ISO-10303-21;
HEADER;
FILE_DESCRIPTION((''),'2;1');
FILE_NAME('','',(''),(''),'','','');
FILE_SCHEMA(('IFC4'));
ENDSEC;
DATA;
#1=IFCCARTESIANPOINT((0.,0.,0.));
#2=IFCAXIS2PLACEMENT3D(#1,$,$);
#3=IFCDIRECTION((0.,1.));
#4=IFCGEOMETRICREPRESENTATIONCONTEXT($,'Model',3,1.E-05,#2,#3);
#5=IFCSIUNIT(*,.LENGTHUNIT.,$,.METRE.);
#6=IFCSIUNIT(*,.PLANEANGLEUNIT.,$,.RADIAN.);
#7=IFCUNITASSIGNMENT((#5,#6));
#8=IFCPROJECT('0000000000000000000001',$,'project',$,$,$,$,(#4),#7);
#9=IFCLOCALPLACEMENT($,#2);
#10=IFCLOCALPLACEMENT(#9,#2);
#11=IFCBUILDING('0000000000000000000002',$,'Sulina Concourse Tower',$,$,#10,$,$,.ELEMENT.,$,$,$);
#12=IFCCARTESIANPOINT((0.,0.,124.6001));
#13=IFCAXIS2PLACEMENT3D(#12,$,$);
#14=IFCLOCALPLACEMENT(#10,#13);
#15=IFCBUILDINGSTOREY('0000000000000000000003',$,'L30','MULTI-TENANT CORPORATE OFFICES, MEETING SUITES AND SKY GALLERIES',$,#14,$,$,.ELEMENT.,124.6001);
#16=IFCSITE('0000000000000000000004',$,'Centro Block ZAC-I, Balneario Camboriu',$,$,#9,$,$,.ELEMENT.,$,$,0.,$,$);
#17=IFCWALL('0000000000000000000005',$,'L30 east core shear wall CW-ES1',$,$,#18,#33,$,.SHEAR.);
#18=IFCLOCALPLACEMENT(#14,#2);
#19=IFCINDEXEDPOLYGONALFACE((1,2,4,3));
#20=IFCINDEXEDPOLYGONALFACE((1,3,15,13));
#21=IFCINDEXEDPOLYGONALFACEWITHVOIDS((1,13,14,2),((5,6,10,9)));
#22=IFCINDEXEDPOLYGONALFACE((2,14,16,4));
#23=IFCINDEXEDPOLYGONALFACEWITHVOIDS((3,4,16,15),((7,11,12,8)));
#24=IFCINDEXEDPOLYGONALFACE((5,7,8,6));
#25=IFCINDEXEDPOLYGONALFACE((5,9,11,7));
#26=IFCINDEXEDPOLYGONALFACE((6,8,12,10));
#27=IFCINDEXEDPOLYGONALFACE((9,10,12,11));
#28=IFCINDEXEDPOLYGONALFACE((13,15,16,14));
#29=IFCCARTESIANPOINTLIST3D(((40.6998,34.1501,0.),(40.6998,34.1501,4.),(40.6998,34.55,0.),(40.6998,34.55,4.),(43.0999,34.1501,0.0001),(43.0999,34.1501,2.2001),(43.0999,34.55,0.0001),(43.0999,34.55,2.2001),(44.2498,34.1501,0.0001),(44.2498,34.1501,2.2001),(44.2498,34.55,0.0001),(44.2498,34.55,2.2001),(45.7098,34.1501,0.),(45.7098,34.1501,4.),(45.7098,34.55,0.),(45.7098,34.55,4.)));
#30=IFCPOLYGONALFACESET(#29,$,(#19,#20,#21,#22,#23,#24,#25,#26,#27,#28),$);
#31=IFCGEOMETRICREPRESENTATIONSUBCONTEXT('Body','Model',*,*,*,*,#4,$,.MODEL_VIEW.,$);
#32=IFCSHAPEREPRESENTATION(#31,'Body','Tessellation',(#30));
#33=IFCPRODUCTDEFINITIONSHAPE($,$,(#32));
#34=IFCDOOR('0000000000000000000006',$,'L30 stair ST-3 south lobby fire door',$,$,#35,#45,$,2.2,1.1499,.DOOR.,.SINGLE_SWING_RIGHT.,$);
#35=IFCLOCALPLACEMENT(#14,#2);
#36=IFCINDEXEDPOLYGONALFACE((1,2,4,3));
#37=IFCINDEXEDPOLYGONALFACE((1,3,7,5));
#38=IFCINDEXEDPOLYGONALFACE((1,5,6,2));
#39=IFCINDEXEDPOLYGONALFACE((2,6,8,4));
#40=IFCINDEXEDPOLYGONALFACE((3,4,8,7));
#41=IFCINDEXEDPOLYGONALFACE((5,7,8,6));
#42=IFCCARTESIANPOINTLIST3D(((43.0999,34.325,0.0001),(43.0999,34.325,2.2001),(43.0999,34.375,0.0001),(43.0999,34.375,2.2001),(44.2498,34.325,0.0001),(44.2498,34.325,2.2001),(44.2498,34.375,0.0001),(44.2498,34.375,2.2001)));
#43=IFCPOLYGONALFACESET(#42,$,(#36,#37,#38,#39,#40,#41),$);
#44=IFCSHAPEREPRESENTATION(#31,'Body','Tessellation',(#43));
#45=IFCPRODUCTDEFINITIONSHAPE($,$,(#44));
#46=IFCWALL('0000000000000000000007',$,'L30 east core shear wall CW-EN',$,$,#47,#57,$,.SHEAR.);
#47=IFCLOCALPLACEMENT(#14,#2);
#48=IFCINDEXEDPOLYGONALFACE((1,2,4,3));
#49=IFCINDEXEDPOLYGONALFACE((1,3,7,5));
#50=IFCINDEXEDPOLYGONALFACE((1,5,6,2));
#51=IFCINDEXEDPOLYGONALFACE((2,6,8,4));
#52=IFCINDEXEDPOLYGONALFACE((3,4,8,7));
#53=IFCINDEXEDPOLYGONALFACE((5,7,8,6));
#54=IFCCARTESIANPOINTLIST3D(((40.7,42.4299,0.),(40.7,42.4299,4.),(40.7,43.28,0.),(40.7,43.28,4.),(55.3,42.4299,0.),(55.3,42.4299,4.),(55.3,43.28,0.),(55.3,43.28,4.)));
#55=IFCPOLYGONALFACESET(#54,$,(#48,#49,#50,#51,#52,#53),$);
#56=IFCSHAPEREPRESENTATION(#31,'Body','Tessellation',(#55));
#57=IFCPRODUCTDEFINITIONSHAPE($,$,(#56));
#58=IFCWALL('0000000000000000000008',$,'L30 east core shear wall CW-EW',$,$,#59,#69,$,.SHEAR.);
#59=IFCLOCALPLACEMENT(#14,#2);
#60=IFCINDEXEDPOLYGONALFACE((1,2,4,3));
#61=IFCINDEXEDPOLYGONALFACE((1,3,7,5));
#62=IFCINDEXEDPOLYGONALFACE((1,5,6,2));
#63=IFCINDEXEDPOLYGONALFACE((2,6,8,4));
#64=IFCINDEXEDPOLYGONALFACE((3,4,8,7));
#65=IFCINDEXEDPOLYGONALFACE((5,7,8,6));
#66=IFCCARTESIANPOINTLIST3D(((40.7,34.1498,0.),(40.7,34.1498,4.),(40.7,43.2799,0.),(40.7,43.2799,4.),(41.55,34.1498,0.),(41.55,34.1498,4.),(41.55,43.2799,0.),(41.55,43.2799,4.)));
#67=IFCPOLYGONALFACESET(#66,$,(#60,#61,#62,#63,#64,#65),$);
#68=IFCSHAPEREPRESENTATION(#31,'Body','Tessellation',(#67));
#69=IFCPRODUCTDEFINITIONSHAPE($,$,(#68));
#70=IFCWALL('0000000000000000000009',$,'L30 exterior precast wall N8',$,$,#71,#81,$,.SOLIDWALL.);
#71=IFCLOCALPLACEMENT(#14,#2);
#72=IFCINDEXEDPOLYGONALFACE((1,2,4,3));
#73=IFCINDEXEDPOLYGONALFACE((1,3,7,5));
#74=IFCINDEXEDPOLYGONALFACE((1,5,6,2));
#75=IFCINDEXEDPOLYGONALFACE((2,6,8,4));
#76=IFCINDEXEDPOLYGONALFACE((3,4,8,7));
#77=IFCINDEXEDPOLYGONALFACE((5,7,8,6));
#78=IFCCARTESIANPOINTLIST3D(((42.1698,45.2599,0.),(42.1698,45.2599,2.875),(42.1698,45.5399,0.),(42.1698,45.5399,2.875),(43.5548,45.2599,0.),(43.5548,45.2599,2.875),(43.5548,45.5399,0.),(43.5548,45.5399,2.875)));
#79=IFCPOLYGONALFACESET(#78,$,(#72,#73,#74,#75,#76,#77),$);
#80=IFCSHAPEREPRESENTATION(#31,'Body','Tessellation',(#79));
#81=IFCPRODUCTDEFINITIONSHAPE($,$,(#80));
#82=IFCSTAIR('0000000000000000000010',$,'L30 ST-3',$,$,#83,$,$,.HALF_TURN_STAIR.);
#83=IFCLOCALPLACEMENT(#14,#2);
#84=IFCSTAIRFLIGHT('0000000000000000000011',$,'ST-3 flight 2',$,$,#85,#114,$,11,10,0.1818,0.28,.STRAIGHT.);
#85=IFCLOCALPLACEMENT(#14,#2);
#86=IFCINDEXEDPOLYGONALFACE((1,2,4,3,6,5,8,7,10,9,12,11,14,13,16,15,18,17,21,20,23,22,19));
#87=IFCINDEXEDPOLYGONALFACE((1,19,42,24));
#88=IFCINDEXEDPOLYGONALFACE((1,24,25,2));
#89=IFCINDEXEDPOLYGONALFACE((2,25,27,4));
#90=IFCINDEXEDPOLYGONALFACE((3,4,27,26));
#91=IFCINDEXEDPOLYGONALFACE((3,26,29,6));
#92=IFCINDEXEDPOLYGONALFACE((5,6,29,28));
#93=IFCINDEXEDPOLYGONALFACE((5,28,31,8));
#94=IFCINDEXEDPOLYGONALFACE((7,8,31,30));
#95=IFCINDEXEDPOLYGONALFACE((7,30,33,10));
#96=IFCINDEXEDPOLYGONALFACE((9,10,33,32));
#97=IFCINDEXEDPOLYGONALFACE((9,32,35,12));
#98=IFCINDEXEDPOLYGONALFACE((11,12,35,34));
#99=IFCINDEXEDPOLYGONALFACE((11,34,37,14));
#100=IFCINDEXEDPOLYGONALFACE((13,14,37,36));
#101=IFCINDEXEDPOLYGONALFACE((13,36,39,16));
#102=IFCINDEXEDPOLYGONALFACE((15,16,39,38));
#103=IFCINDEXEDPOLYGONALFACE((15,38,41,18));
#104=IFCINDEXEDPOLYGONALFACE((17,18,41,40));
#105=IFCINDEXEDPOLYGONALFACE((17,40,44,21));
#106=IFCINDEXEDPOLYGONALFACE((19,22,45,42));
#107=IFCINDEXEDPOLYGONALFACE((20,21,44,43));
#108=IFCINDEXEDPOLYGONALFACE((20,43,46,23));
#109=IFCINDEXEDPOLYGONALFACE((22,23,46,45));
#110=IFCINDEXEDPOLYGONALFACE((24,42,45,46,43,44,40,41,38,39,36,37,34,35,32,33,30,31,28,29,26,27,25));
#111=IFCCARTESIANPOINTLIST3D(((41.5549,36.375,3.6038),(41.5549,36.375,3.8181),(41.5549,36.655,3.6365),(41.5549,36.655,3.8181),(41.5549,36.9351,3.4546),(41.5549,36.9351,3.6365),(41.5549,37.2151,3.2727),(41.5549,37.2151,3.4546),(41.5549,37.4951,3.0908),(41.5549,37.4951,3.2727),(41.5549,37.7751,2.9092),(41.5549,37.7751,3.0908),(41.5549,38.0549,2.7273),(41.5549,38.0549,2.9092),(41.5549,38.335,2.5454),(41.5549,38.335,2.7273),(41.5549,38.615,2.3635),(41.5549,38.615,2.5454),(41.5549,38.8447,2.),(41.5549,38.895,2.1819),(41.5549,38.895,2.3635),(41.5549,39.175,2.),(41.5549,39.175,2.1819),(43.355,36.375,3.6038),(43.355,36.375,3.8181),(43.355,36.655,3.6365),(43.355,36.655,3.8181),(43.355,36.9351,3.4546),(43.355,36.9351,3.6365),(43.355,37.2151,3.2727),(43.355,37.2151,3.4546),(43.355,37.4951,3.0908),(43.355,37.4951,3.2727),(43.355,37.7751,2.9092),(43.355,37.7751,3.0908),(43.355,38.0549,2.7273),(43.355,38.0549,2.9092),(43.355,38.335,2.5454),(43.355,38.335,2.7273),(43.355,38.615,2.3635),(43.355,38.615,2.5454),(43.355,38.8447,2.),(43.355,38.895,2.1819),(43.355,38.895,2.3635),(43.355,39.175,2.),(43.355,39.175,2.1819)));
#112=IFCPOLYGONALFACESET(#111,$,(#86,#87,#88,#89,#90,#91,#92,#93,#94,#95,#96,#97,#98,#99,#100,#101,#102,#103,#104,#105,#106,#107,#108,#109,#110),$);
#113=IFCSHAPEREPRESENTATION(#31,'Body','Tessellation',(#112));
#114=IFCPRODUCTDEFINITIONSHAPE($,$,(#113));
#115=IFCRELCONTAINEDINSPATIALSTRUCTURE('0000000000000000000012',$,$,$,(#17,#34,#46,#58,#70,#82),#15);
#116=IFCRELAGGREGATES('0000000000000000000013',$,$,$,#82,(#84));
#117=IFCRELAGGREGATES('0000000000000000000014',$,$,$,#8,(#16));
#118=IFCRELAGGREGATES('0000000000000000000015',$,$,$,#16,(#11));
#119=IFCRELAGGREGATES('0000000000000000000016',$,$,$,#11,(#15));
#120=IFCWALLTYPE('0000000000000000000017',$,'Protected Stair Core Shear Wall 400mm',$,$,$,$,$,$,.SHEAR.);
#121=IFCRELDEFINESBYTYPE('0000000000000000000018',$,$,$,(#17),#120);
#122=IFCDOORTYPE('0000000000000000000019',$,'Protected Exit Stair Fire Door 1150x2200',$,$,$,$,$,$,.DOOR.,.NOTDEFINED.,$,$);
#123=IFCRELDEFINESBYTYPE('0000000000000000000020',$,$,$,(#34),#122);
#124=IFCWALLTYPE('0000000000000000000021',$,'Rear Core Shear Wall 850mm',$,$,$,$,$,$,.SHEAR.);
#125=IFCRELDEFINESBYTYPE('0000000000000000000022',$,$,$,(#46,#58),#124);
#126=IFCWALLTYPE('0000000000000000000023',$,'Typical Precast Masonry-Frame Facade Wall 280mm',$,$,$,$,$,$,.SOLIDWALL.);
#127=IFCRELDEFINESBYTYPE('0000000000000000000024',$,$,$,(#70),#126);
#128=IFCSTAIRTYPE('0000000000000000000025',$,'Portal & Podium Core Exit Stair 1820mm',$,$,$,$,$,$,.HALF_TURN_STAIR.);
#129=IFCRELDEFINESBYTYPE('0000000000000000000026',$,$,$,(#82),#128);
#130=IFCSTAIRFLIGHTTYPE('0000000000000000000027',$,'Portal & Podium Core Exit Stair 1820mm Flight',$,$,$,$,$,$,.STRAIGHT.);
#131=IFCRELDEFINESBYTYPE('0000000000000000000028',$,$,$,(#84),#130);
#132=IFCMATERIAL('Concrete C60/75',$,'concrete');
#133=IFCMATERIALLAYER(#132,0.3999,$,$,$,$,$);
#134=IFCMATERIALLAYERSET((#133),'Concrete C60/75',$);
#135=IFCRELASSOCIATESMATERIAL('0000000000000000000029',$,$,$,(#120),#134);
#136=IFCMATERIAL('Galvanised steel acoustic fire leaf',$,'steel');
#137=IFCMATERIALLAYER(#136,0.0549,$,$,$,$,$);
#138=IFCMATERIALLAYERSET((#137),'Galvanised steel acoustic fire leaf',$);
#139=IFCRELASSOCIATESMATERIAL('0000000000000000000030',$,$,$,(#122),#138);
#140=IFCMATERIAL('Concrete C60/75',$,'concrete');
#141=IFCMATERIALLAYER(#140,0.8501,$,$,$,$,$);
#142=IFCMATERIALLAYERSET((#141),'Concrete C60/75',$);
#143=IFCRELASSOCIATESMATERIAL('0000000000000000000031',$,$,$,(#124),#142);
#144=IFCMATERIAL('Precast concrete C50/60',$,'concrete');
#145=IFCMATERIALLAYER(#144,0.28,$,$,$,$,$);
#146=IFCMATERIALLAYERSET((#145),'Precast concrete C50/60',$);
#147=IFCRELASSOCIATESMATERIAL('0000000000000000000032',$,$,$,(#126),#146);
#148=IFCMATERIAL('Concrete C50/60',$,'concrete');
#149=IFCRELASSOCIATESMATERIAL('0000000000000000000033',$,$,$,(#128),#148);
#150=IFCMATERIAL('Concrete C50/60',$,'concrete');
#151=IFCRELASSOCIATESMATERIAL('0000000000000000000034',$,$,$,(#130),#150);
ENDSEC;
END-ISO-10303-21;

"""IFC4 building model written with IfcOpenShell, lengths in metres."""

from ifc_helpers import new_model, si_unit, direction, frame, frame_2d, origin, place, context, subcontext, project, spatial, polyline, rectangle, outline, extrude, material, layer, layer_set, type_object, element, fill, aggregate, save


model = new_model("IFC4")

# Units and contexts
model_context = context("Model", 3, precision=1e-05, world=origin(), true_north=direction((0.0, 1.0)))
body_context = subcontext(model_context, "Body", "Model", "MODEL_VIEW")
ifc_project = project(units=[si_unit("LENGTHUNIT", "METRE"), si_unit("PLANEANGLEUNIT", "RADIAN")], contexts=[model_context])

# Site, building, storey
site_placement = place(None, origin())
site = spatial("IfcSite", under=ifc_project, at=site_placement, Name="Centro Block ZAC-I, Balneario Camboriu", CompositionType="ELEMENT", RefElevation=0.0)
building_placement = place(site_placement, origin())
building = spatial("IfcBuilding", under=site, at=building_placement, Name="Sulina Concourse Tower", CompositionType="ELEMENT")
storey_placement = place(building_placement, frame((0.0, 0.0, 124.6001)))
storey = spatial("IfcBuildingStorey", under=building, at=storey_placement, Name="L30", Description="MULTI-TENANT CORPORATE OFFICES, MEETING SUITES AND SKY GALLERIES", CompositionType="ELEMENT", Elevation=124.6001)

# Wall, opening, door
ifc_material_1 = material(Name="Concrete C60/75", Category="concrete")
ifc_layer_1 = layer(ifc_material_1, 0.3999)
ifc_layer_set_1 = layer_set([ifc_layer_1], Name="Concrete C60/75")
wall_type_1 = type_object("IfcWallType", Name="Protected Stair Core Shear Wall 400mm", PredefinedType="SHEAR", material=ifc_layer_set_1)
wall_1_placement = place(storey_placement, frame((40.7, 34.3501, 0.0), z_axis=(0.0, 0.0, 1.0), x_axis=(1.0, 0.0, 0.0)))
wall_1 = element("IfcWall", 1, at=wall_1_placement, inside=storey, type_object=wall_type_1, Name="L30 east core shear wall CW-ES1", PredefinedType="SHEAR", context=body_context, shape_type="SweptSolid", body=[
    extrude(rectangle(XDim=5.01, YDim=0.3999, at=frame_2d((2.5049, 0.0))), origin(), (0.0, 0.0, 1.0), 4.0),
])
opening_placement = place(wall_1_placement, frame((2.3999, 0.0, 0.0)))
opening = element("IfcOpeningElement", 2, at=opening_placement, cuts=wall_1, PredefinedType="OPENING", context=body_context, shape_type="SweptSolid", body=[
    extrude(rectangle(XDim=1.1499, YDim=2.2, at=frame_2d((0.575, 1.1001))), frame((0.0, 0.21, 0.0), z_axis=(0.0, -1.0, 0.0), x_axis=(1.0, 0.0, 0.0)), (0.0, 0.0, 1.0), 0.4199),
])
ifc_material_2 = material(Name="Galvanised steel acoustic fire leaf", Category="steel")
ifc_layer_2 = layer(ifc_material_2, 0.0549)
ifc_layer_set_2 = layer_set([ifc_layer_2], Name="Galvanised steel acoustic fire leaf")
door_type = type_object("IfcDoorType", Name="Protected Exit Stair Fire Door 1150x2200", OperationType="NOTDEFINED", PredefinedType="DOOR", material=ifc_layer_set_2)
door_placement = place(opening_placement, origin())
door = element("IfcDoor", 3, at=door_placement, inside=storey, type_object=door_type, Name="L30 stair ST-3 south lobby fire door", OperationType="SINGLE_SWING_RIGHT", OverallHeight=2.2, OverallWidth=1.1499, PredefinedType="DOOR", context=body_context, shape_type="SweptSolid", body=[
    extrude(rectangle(XDim=1.1499, YDim=2.2, at=frame_2d((0.575, 1.1001))), frame((0.0, 0.0249, 0.0), z_axis=(0.0, -1.0, 0.0), x_axis=(1.0, 0.0, 0.0)), (0.0, 0.0, 1.0), 0.05),
])
fill(opening, door)

# Walls
ifc_material_3 = material(Name="Concrete C60/75", Category="concrete")
ifc_layer_3 = layer(ifc_material_3, 0.8501)
ifc_layer_set_3 = layer_set([ifc_layer_3], Name="Concrete C60/75")
wall_type_2 = type_object("IfcWallType", Name="Rear Core Shear Wall 850mm", PredefinedType="SHEAR", material=ifc_layer_set_3)
wall_2_placement = place(storey_placement, frame((40.7, 42.855, 0.0), z_axis=(0.0, 0.0, 1.0), x_axis=(1.0, 0.0, 0.0)))
element("IfcWall", 4, at=wall_2_placement, inside=storey, type_object=wall_type_2, Name="L30 east core shear wall CW-EN", PredefinedType="SHEAR", context=body_context, shape_type="SweptSolid", body=[
    extrude(rectangle(XDim=14.6001, YDim=0.8501, at=frame_2d((7.3, 0.0))), origin(), (0.0, 0.0, 1.0), 4.0),
])
wall_3_placement = place(storey_placement, frame((41.125, 34.1499, 0.0), z_axis=(0.0, 0.0, 1.0), x_axis=(0.0, 1.0, 0.0)))
element("IfcWall", 5, at=wall_3_placement, inside=storey, type_object=wall_type_2, Name="L30 east core shear wall CW-EW", PredefinedType="SHEAR", context=body_context, shape_type="SweptSolid", body=[
    extrude(rectangle(XDim=9.1301, YDim=0.8501, at=frame_2d((4.5649, 0.0))), origin(), (0.0, 0.0, 1.0), 4.0),
])
ifc_material_4 = material(Name="Precast concrete C50/60", Category="concrete")
ifc_layer_4 = layer(ifc_material_4, 0.28)
ifc_layer_set_4 = layer_set([ifc_layer_4], Name="Precast concrete C50/60")
wall_type_3 = type_object("IfcWallType", Name="Typical Precast Masonry-Frame Facade Wall 280mm", PredefinedType="SOLIDWALL", material=ifc_layer_set_4)
wall_4_placement = place(storey_placement, frame((42.1699, 45.3999, 0.0), z_axis=(0.0, 0.0, 1.0), x_axis=(1.0, 0.0, 0.0)))
element("IfcWall", 6, at=wall_4_placement, inside=storey, type_object=wall_type_3, Name="L30 exterior precast wall N8", PredefinedType="SOLIDWALL", context=body_context, shape_type="SweptSolid", body=[
    extrude(rectangle(XDim=1.385, YDim=0.28, at=frame_2d((0.6924, 0.0))), origin(), (0.0, 0.0, 1.0), 2.875),
])

# Stair, stair flight
ifc_material_5 = material(Name="Concrete C50/60", Category="concrete")
stair_type = type_object("IfcStairType", Name="Portal & Podium Core Exit Stair 1820mm", PredefinedType="HALF_TURN_STAIR", material=ifc_material_5)
stair_placement = place(storey_placement, origin())
stair = element("IfcStair", 7, at=stair_placement, inside=storey, type_object=stair_type, Name="L30 ST-3", PredefinedType="HALF_TURN_STAIR")
ifc_material_6 = material(Name="Concrete C50/60", Category="concrete")
stair_flight_type = type_object("IfcStairFlightType", Name="Portal & Podium Core Exit Stair 1820mm Flight", PredefinedType="STRAIGHT", material=ifc_material_6)
stair_flight_placement = place(storey_placement, frame((42.4551, 39.175, 2.0), z_axis=(0.0, 0.0, 1.0), x_axis=(0.0, -1.0, 0.0)))
stair_flight = element("IfcStairFlight", 8, at=stair_flight_placement, type_object=stair_flight_type, Name="ST-3 flight 2", NumberOfRisers=11, NumberOfTreads=10, PredefinedType="STRAIGHT", RiserHeight=0.1818, TreadLength=0.28, context=body_context, shape_type="SweptSolid", body=[
    extrude(outline(polyline([(0.0, 0.0), (0.0, 0.1819), (0.28, 0.1819), (0.28, 0.3635), (0.5601, 0.3635), (0.5601, 0.5454), (0.8401, 0.5454), (0.8401, 0.7273), (1.1201, 0.7273), (1.1201, 0.9092), (1.3999, 0.9092), (1.3999, 1.0908), (1.6799, 1.0908), (1.6799, 1.2727), (1.96, 1.2727), (1.96, 1.4546), (2.24, 1.4546), (2.24, 1.6365), (2.52, 1.6365), (2.52, 1.8181), (2.8, 1.8181), (2.8, 2.0), (2.8, 1.6038), (0.3303, 0.0), (0.0, 0.0)])), frame((0.0, 0.8999, 0.0), z_axis=(0.0, -1.0, 0.0), x_axis=(1.0, 0.0, 0.0)), (0.0, 0.0, 1.0), 1.8),
])
aggregate(stair, [stair_flight])

save(model, "model.ifc")
